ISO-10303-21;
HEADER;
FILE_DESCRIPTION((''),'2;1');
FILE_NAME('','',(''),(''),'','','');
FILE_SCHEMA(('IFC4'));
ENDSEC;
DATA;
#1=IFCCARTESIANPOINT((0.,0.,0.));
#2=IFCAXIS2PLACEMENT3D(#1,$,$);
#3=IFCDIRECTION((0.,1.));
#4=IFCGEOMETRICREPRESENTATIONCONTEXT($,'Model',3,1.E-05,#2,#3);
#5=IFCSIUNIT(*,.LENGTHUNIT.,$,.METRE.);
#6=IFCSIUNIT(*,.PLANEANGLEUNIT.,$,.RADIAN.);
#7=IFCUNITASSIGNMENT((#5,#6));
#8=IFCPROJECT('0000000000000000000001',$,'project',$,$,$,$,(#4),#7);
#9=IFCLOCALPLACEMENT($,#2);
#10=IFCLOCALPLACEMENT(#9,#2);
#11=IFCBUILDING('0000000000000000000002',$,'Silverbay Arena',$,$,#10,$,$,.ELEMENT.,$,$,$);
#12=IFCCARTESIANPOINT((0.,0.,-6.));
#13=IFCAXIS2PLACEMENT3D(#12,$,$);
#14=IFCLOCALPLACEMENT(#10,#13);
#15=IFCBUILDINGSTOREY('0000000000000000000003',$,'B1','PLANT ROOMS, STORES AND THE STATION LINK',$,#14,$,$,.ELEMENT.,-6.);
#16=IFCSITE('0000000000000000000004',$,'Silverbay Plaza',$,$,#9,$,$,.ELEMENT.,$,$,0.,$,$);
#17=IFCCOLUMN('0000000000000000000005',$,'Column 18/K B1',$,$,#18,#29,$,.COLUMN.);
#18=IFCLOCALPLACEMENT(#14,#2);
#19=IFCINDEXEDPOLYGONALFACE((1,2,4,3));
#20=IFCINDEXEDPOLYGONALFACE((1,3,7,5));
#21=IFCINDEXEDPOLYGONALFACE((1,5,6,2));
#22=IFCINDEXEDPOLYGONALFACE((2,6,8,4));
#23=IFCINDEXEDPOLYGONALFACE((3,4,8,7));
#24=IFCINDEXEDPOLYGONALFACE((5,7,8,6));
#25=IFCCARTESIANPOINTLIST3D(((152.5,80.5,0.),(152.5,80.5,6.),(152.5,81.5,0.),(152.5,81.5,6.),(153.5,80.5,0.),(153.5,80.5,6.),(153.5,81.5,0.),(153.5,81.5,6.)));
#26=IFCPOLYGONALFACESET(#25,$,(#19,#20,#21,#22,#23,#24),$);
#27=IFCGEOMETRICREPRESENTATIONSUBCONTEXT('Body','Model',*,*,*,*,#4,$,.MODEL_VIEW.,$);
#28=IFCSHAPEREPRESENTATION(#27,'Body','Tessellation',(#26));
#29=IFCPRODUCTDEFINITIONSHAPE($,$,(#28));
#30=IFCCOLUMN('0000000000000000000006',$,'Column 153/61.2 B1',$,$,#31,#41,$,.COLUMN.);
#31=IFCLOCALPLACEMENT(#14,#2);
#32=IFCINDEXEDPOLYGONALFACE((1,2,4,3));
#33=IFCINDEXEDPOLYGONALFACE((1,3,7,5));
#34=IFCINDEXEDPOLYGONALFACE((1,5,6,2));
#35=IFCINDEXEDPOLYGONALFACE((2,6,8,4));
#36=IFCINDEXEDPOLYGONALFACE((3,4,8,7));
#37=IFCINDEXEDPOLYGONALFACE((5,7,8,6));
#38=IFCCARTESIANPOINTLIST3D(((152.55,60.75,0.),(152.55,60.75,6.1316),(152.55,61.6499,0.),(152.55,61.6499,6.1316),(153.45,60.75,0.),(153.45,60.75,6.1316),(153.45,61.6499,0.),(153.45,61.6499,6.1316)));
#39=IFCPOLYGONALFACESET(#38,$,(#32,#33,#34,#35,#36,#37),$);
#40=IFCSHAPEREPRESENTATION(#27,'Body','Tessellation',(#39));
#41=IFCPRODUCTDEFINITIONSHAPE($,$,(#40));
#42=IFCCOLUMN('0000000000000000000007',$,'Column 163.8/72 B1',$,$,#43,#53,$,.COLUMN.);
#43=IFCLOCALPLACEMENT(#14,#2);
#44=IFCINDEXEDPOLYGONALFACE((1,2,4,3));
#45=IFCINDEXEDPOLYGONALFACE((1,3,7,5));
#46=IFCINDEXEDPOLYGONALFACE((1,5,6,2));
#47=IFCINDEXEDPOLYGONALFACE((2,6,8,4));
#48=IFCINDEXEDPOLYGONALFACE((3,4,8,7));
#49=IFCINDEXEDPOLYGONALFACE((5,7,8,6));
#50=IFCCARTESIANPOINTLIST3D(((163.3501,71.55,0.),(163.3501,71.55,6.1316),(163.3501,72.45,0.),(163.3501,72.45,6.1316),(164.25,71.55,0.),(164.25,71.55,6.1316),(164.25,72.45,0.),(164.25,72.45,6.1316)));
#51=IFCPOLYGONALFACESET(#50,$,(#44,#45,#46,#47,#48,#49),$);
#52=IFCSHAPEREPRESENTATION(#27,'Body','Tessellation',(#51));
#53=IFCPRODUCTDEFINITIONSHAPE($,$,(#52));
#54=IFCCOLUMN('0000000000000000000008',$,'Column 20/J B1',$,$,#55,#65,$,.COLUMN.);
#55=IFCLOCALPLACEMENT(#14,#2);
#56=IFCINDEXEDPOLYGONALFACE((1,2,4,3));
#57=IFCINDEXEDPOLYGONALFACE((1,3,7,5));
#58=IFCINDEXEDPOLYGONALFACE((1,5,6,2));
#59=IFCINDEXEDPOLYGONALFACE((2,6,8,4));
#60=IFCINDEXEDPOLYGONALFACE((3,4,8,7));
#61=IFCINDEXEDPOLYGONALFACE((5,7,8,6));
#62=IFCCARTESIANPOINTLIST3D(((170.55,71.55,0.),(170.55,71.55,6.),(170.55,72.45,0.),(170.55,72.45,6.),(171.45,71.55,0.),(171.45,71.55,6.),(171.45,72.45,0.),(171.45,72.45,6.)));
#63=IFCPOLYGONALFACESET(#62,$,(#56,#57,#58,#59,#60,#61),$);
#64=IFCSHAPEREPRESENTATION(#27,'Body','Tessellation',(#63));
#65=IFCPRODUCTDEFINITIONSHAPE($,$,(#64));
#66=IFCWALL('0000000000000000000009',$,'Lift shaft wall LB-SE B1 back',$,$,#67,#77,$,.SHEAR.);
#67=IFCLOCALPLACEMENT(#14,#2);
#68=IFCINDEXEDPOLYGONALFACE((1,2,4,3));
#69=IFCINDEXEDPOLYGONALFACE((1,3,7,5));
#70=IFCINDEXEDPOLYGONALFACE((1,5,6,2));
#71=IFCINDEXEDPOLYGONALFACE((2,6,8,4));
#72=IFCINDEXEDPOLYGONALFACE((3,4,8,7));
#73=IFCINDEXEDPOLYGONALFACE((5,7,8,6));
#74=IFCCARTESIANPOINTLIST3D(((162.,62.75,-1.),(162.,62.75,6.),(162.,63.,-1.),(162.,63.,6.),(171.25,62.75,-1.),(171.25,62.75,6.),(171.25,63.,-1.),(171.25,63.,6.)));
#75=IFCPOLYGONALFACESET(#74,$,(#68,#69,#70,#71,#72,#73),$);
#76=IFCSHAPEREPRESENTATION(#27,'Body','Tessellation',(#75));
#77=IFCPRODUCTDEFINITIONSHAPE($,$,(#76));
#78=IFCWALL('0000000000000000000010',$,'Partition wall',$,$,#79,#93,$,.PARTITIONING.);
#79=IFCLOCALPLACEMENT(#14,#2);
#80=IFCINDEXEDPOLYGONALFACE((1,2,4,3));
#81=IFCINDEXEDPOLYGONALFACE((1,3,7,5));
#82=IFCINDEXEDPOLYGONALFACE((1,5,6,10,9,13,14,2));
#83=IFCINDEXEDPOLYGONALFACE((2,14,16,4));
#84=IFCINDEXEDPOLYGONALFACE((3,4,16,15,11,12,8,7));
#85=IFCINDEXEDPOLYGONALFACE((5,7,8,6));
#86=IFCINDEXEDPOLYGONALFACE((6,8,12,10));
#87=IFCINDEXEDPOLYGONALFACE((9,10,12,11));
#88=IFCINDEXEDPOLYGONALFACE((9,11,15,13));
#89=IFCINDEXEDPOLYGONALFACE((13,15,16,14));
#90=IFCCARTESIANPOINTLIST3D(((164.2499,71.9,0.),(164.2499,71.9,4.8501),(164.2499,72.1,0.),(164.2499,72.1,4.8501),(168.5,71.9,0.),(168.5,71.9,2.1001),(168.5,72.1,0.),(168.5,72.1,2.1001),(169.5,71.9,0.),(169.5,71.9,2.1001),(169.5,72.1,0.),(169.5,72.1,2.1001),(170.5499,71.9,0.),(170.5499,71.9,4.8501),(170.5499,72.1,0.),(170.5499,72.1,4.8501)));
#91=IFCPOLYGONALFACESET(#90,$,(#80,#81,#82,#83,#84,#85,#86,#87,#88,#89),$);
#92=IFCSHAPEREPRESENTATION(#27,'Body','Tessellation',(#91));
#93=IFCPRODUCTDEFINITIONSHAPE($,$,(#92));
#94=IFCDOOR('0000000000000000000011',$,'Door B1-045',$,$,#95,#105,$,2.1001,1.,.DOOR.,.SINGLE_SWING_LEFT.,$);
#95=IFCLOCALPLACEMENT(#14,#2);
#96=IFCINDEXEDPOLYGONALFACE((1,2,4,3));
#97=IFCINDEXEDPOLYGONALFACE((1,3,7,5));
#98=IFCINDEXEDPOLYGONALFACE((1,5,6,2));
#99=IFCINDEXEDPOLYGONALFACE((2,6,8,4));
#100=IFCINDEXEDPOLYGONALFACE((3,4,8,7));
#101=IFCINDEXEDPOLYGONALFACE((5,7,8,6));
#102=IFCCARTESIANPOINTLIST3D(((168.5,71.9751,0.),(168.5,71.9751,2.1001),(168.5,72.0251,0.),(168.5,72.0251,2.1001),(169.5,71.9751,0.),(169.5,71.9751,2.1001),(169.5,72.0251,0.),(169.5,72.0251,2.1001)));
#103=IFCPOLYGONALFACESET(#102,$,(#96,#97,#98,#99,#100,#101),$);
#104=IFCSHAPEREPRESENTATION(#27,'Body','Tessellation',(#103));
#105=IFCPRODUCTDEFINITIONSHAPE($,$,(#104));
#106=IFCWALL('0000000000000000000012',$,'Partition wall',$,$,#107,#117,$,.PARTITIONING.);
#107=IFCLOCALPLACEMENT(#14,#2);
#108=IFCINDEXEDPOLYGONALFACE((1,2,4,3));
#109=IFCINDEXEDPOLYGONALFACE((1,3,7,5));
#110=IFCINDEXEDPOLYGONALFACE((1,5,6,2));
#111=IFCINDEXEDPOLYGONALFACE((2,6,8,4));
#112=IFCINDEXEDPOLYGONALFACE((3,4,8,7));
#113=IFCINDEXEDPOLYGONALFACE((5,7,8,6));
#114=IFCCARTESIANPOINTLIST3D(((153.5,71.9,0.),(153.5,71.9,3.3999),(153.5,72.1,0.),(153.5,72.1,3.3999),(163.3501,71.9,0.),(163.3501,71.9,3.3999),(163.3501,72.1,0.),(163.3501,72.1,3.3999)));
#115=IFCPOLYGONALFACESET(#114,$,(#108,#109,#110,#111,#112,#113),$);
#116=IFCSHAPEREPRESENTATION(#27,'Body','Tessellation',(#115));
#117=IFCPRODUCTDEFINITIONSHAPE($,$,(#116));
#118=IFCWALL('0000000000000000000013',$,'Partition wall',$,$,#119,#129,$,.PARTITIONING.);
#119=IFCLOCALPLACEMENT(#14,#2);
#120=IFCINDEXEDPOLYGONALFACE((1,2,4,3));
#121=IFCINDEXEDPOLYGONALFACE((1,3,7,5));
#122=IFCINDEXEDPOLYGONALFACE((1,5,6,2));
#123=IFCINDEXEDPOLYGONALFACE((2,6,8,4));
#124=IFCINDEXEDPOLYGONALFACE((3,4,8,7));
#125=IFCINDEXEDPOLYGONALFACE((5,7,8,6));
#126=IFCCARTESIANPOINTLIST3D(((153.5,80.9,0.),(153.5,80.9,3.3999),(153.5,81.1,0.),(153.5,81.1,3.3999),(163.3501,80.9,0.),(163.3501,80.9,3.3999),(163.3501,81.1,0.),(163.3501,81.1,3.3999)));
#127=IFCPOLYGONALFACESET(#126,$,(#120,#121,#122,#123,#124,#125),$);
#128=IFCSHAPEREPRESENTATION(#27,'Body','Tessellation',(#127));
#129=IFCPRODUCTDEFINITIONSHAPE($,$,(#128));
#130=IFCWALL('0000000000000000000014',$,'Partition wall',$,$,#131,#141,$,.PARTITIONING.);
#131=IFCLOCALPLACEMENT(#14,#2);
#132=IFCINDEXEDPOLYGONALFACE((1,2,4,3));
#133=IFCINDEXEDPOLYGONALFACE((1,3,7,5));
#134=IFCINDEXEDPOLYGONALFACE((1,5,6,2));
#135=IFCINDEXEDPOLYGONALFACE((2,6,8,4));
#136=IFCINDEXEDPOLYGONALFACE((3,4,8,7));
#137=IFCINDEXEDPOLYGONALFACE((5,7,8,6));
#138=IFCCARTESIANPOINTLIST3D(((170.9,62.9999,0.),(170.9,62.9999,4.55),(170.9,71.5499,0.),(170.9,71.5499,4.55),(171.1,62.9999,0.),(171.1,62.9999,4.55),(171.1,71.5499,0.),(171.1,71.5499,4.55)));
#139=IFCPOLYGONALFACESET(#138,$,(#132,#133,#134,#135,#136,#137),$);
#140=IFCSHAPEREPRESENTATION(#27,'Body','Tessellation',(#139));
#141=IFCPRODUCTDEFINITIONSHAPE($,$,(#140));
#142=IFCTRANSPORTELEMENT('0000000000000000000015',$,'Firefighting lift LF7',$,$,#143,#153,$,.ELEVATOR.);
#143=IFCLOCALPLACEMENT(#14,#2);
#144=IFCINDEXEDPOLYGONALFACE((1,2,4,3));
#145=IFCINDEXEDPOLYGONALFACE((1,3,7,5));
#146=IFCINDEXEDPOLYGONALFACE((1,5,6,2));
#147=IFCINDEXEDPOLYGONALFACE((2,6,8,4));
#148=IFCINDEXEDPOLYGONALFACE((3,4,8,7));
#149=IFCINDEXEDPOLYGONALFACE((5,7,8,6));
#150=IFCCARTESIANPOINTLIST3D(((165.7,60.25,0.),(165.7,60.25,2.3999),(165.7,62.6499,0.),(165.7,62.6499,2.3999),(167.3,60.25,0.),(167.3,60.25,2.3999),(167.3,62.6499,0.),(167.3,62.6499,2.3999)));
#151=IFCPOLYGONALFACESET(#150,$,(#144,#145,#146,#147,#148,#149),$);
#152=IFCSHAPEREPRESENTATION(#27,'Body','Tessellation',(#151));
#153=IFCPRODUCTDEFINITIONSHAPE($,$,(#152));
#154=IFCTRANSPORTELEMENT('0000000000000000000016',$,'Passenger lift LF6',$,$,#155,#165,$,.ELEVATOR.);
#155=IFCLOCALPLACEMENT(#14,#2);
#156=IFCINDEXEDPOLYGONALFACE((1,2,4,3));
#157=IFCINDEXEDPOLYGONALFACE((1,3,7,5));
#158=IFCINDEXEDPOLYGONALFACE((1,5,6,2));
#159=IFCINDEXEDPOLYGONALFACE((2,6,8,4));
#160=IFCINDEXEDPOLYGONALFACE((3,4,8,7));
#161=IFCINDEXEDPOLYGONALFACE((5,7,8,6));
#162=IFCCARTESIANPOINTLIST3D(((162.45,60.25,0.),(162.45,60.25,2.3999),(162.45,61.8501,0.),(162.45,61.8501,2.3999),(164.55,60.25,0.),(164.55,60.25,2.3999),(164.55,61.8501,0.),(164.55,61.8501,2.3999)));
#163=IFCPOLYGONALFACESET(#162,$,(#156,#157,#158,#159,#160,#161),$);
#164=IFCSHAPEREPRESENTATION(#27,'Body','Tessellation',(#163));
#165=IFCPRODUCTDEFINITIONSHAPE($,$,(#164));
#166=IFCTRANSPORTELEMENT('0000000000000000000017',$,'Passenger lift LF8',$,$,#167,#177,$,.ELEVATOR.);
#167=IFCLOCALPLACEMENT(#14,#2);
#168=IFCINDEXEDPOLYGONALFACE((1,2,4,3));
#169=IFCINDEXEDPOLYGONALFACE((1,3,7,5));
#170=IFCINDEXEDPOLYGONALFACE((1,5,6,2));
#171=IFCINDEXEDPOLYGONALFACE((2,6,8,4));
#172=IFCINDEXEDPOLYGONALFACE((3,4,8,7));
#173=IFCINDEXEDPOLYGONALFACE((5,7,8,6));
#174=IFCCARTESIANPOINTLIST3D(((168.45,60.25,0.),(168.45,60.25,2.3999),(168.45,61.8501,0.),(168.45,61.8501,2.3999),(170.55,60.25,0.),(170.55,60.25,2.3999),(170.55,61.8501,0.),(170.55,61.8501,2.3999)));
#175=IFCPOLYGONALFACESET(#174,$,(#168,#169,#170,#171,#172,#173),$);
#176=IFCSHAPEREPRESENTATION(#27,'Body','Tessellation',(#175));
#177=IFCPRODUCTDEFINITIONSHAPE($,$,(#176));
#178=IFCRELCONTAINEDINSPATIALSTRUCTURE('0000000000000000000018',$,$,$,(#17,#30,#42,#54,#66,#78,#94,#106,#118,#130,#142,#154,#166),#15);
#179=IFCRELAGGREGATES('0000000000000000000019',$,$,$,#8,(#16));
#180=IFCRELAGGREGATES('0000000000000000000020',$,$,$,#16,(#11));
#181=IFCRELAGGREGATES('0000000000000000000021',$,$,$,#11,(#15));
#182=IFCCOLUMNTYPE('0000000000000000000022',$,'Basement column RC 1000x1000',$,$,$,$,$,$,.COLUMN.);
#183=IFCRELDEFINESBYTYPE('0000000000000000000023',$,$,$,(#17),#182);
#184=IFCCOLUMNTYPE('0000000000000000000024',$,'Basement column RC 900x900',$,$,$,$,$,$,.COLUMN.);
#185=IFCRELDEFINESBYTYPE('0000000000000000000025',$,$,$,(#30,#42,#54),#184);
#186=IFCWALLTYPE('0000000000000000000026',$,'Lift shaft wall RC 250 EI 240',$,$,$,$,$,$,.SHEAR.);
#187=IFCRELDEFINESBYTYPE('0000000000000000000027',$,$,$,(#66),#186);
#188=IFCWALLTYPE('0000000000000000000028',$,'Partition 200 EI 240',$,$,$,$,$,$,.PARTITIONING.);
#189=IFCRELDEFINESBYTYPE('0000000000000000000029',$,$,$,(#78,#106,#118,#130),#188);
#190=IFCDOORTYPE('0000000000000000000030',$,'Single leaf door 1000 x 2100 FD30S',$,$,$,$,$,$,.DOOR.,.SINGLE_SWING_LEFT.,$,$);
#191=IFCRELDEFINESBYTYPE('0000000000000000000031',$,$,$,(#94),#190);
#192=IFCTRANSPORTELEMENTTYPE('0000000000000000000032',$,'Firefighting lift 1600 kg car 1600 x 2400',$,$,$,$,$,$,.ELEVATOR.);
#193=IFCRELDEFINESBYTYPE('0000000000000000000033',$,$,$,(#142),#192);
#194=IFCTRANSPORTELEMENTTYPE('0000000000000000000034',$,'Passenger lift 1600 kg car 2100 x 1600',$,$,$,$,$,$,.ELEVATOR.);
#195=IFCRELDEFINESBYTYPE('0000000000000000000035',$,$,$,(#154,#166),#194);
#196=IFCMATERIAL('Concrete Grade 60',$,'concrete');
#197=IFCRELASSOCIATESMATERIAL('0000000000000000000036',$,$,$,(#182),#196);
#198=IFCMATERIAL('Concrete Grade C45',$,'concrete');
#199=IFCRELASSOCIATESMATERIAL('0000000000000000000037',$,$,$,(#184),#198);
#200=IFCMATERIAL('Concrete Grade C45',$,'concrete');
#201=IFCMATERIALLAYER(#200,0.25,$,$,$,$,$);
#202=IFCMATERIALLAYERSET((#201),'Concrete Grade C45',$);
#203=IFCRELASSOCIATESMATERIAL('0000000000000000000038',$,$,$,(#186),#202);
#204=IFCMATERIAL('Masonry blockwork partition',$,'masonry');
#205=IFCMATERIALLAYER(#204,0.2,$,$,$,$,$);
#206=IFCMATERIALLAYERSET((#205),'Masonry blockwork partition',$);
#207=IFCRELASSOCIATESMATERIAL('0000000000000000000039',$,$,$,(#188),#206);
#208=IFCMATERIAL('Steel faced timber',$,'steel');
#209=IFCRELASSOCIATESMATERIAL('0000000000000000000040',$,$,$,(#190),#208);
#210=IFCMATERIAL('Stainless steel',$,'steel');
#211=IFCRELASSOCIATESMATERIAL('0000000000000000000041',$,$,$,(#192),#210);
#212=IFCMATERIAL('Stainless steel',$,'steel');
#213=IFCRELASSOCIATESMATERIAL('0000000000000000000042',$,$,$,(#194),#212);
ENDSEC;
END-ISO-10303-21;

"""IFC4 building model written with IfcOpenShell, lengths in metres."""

from ifc_helpers import new_model, si_unit, direction, frame, frame_2d, origin, origin_2d, place, context, subcontext, project, spatial, rectangle, extrude, material, layer, layer_set, material_profile, profile_set, type_object, element, fill, save


model = new_model("IFC4")

# Units and contexts
model_context = context("Model", 3, precision=1e-05, world=origin(), true_north=direction((0.0, 1.0)))
body_context = subcontext(model_context, "Body", "Model", "MODEL_VIEW")
ifc_project = project(units=[si_unit("LENGTHUNIT", "METRE"), si_unit("PLANEANGLEUNIT", "RADIAN")], contexts=[model_context])

# Site, building, storey
site_placement = place(None, origin())
site = spatial("IfcSite", under=ifc_project, at=site_placement, Name="Silverbay Plaza", CompositionType="ELEMENT", RefElevation=0.0)
building_placement = place(site_placement, origin())
building = spatial("IfcBuilding", under=site, at=building_placement, Name="Silverbay Arena", CompositionType="ELEMENT")
storey_placement = place(building_placement, frame((0.0, 0.0, -6.0)))
storey = spatial("IfcBuildingStorey", under=building, at=storey_placement, Name="B1", Description="PLANT ROOMS, STORES AND THE STATION LINK", CompositionType="ELEMENT", Elevation=-6.0)

# Columns
ifc_material_1 = material(Name="Concrete Grade 60", Category="concrete")
ifc_material_profile_1 = material_profile(ifc_material_1, rectangle(XDim=1.0, YDim=1.0, at=origin_2d()), Name="RC 1000x1000")
ifc_profile_set_1 = profile_set([ifc_material_profile_1], Name="Concrete Grade 60")
column_type_1 = type_object("IfcColumnType", Name="Basement column RC 1000x1000", PredefinedType="COLUMN", material=ifc_profile_set_1)
for number, where, z_axis, x_axis, name in (
    (1, (153.0, 81.0, 0.0), (0.0, 0.0, 1.0), (1.0, 0.0, 0.0), "Column 18/K B1"),
):
    element("IfcColumn", number, at=place(storey_placement, frame(where, z_axis=z_axis, x_axis=x_axis)), inside=storey, type_object=column_type_1, Name=name, PredefinedType="COLUMN", context=body_context, shape_type="SweptSolid", body=[
        extrude(rectangle(XDim=1.0, YDim=1.0, at=origin_2d()), origin(), (0.0, 0.0, 1.0), 6.0),
    ])
ifc_material_2 = material(Name="Concrete Grade C45", Category="concrete")
ifc_material_profile_2 = material_profile(ifc_material_2, rectangle(XDim=0.8999, YDim=0.8999, at=origin_2d()), Name="RC 900x900")
ifc_profile_set_2 = profile_set([ifc_material_profile_2], Name="Concrete Grade C45")
column_type_2 = type_object("IfcColumnType", Name="Basement column RC 900x900", PredefinedType="COLUMN", material=ifc_profile_set_2)
for number, where, z_axis, x_axis, name in (
    (2, (153.0, 61.2, 0.0), (0.0, 0.0, 1.0), (1.0, 0.0, 0.0), "Column 153/61.2 B1"),
    (3, (163.8, 72.0, 0.0), (0.0, 0.0, 1.0), (1.0, 0.0, 0.0), "Column 163.8/72 B1"),
):
    element("IfcColumn", number, at=place(storey_placement, frame(where, z_axis=z_axis, x_axis=x_axis)), inside=storey, type_object=column_type_2, Name=name, PredefinedType="COLUMN", context=body_context, shape_type="SweptSolid", body=[
        extrude(rectangle(XDim=0.8999, YDim=0.8999, at=origin_2d()), origin(), (0.0, 0.0, 1.0), 6.1316),
    ])
column_placement = place(storey_placement, frame((171.0, 72.0, 0.0), z_axis=(0.0, 0.0, 1.0), x_axis=(1.0, 0.0, 0.0)))
element("IfcColumn", 4, at=column_placement, inside=storey, type_object=column_type_2, Name="Column 20/J B1", PredefinedType="COLUMN", context=body_context, shape_type="SweptSolid", body=[
    extrude(rectangle(XDim=0.8999, YDim=0.8999, at=origin_2d()), origin(), (0.0, 0.0, 1.0), 6.0),
])

# Wall
ifc_material_3 = material(Name="Concrete Grade C45", Category="concrete")
ifc_layer_1 = layer(ifc_material_3, 0.25)
ifc_layer_set_1 = layer_set([ifc_layer_1], Name="Concrete Grade C45")
wall_type_1 = type_object("IfcWallType", Name="Lift shaft wall RC 250 EI 240", PredefinedType="SHEAR", material=ifc_layer_set_1)
wall_1_placement = place(storey_placement, frame((162.0, 62.875, -1.0), z_axis=(0.0, 0.0, 1.0), x_axis=(1.0, 0.0, 0.0)))
element("IfcWall", 5, at=wall_1_placement, inside=storey, type_object=wall_type_1, Name="Lift shaft wall LB-SE B1 back", PredefinedType="SHEAR", context=body_context, shape_type="SweptSolid", body=[
    extrude(rectangle(XDim=9.25, YDim=0.25, at=frame_2d((4.625, 0.0))), origin(), (0.0, 0.0, 1.0), 7.0),
])

# Wall, opening, door
ifc_material_4 = material(Name="Masonry blockwork partition", Category="masonry")
ifc_layer_2 = layer(ifc_material_4, 0.2)
ifc_layer_set_2 = layer_set([ifc_layer_2], Name="Masonry blockwork partition")
wall_type_2 = type_object("IfcWallType", Name="Partition 200 EI 240", PredefinedType="PARTITIONING", material=ifc_layer_set_2)
wall_2_placement = place(storey_placement, frame((164.25, 72.0, 0.0), z_axis=(0.0, 0.0, 1.0), x_axis=(1.0, 0.0, 0.0)))
wall_2 = element("IfcWall", 6, at=wall_2_placement, inside=storey, type_object=wall_type_2, Name="Partition wall", PredefinedType="PARTITIONING", context=body_context, shape_type="SweptSolid", body=[
    extrude(rectangle(XDim=6.3, YDim=0.2, at=frame_2d((3.1499, 0.0))), origin(), (0.0, 0.0, 1.0), 4.8501),
])
opening_placement = place(wall_2_placement, frame((4.25, 0.0, 0.0)))
opening = element("IfcOpeningElement", 7, at=opening_placement, cuts=wall_2, PredefinedType="OPENING", context=body_context, shape_type="SweptSolid", body=[
    extrude(rectangle(XDim=1.0, YDim=2.1001, at=frame_2d((0.5, 1.05))), frame((0.0, 0.1099, 0.0), z_axis=(0.0, -1.0, 0.0), x_axis=(1.0, 0.0, 0.0)), (0.0, 0.0, 1.0), 0.22),
])
ifc_material_5 = material(Name="Steel faced timber", Category="steel")
door_type = type_object("IfcDoorType", Name="Single leaf door 1000 x 2100 FD30S", OperationType="SINGLE_SWING_LEFT", PredefinedType="DOOR", material=ifc_material_5)
door_placement = place(opening_placement, frame((1.0, 0.0, 0.0), z_axis=(0.0, 0.0, 1.0), x_axis=(-1.0, 0.0, 0.0)))
door = element("IfcDoor", 8, at=door_placement, inside=storey, type_object=door_type, Name="Door B1-045", OperationType="SINGLE_SWING_LEFT", OverallHeight=2.1001, OverallWidth=1.0, PredefinedType="DOOR", context=body_context, shape_type="SweptSolid", body=[
    extrude(rectangle(XDim=1.0, YDim=2.1001, at=frame_2d((0.5, 1.05))), frame((0.0, 0.0249, 0.0), z_axis=(0.0, -1.0, 0.0), x_axis=(1.0, 0.0, 0.0)), (0.0, 0.0, 1.0), 0.05),
])
fill(opening, door)

# Walls
for number, where, z_axis, x_axis, name in (
    (9, (153.5, 72.0, 0.0), (0.0, 0.0, 1.0), (1.0, 0.0, 0.0), "Partition wall"),
    (10, (153.5, 81.0, 0.0), (0.0, 0.0, 1.0), (1.0, 0.0, 0.0), "Partition wall"),
):
    element("IfcWall", number, at=place(storey_placement, frame(where, z_axis=z_axis, x_axis=x_axis)), inside=storey, type_object=wall_type_2, Name=name, PredefinedType="PARTITIONING", context=body_context, shape_type="SweptSolid", body=[
        extrude(rectangle(XDim=9.8501, YDim=0.2, at=frame_2d((4.925, 0.0))), origin(), (0.0, 0.0, 1.0), 3.3999),
    ])
wall_3_placement = place(storey_placement, frame((171.0, 63.0, 0.0), z_axis=(0.0, 0.0, 1.0), x_axis=(0.0, 1.0, 0.0)))
element("IfcWall", 11, at=wall_3_placement, inside=storey, type_object=wall_type_2, Name="Partition wall", PredefinedType="PARTITIONING", context=body_context, shape_type="SweptSolid", body=[
    extrude(rectangle(XDim=8.55, YDim=0.2, at=frame_2d((4.2749, 0.0))), origin(), (0.0, 0.0, 1.0), 4.55),
])

# Transport elements
ifc_material_6 = material(Name="Stainless steel", Category="steel")
transport_element_type_1 = type_object("IfcTransportElementType", Name="Firefighting lift 1600 kg car 1600 x 2400", PredefinedType="ELEVATOR", material=ifc_material_6)
transport_element_placement = place(storey_placement, frame((166.5, 61.45, 0.0), z_axis=(0.0, 0.0, 1.0), x_axis=(1.0, 0.0, 0.0)))
element("IfcTransportElement", 12, at=transport_element_placement, inside=storey, type_object=transport_element_type_1, Name="Firefighting lift LF7", PredefinedType="ELEVATOR", context=body_context, shape_type="SweptSolid", body=[
    extrude(rectangle(XDim=1.6001, YDim=2.3999, at=origin_2d()), origin(), (0.0, 0.0, 1.0), 2.3999),
])
ifc_material_7 = material(Name="Stainless steel", Category="steel")
transport_element_type_2 = type_object("IfcTransportElementType", Name="Passenger lift 1600 kg car 2100 x 1600", PredefinedType="ELEVATOR", material=ifc_material_7)
for number, where, z_axis, x_axis, name in (
    (13, (163.5, 61.05, 0.0), (0.0, 0.0, 1.0), (1.0, 0.0, 0.0), "Passenger lift LF6"),
    (14, (169.5, 61.05, 0.0), (0.0, 0.0, 1.0), (1.0, 0.0, 0.0), "Passenger lift LF8"),
):
    element("IfcTransportElement", number, at=place(storey_placement, frame(where, z_axis=z_axis, x_axis=x_axis)), inside=storey, type_object=transport_element_type_2, Name=name, PredefinedType="ELEVATOR", context=body_context, shape_type="SweptSolid", body=[
        extrude(rectangle(XDim=2.1001, YDim=1.6001, at=origin_2d()), origin(), (0.0, 0.0, 1.0), 2.3999),
    ])

save(model, "model.ifc")
